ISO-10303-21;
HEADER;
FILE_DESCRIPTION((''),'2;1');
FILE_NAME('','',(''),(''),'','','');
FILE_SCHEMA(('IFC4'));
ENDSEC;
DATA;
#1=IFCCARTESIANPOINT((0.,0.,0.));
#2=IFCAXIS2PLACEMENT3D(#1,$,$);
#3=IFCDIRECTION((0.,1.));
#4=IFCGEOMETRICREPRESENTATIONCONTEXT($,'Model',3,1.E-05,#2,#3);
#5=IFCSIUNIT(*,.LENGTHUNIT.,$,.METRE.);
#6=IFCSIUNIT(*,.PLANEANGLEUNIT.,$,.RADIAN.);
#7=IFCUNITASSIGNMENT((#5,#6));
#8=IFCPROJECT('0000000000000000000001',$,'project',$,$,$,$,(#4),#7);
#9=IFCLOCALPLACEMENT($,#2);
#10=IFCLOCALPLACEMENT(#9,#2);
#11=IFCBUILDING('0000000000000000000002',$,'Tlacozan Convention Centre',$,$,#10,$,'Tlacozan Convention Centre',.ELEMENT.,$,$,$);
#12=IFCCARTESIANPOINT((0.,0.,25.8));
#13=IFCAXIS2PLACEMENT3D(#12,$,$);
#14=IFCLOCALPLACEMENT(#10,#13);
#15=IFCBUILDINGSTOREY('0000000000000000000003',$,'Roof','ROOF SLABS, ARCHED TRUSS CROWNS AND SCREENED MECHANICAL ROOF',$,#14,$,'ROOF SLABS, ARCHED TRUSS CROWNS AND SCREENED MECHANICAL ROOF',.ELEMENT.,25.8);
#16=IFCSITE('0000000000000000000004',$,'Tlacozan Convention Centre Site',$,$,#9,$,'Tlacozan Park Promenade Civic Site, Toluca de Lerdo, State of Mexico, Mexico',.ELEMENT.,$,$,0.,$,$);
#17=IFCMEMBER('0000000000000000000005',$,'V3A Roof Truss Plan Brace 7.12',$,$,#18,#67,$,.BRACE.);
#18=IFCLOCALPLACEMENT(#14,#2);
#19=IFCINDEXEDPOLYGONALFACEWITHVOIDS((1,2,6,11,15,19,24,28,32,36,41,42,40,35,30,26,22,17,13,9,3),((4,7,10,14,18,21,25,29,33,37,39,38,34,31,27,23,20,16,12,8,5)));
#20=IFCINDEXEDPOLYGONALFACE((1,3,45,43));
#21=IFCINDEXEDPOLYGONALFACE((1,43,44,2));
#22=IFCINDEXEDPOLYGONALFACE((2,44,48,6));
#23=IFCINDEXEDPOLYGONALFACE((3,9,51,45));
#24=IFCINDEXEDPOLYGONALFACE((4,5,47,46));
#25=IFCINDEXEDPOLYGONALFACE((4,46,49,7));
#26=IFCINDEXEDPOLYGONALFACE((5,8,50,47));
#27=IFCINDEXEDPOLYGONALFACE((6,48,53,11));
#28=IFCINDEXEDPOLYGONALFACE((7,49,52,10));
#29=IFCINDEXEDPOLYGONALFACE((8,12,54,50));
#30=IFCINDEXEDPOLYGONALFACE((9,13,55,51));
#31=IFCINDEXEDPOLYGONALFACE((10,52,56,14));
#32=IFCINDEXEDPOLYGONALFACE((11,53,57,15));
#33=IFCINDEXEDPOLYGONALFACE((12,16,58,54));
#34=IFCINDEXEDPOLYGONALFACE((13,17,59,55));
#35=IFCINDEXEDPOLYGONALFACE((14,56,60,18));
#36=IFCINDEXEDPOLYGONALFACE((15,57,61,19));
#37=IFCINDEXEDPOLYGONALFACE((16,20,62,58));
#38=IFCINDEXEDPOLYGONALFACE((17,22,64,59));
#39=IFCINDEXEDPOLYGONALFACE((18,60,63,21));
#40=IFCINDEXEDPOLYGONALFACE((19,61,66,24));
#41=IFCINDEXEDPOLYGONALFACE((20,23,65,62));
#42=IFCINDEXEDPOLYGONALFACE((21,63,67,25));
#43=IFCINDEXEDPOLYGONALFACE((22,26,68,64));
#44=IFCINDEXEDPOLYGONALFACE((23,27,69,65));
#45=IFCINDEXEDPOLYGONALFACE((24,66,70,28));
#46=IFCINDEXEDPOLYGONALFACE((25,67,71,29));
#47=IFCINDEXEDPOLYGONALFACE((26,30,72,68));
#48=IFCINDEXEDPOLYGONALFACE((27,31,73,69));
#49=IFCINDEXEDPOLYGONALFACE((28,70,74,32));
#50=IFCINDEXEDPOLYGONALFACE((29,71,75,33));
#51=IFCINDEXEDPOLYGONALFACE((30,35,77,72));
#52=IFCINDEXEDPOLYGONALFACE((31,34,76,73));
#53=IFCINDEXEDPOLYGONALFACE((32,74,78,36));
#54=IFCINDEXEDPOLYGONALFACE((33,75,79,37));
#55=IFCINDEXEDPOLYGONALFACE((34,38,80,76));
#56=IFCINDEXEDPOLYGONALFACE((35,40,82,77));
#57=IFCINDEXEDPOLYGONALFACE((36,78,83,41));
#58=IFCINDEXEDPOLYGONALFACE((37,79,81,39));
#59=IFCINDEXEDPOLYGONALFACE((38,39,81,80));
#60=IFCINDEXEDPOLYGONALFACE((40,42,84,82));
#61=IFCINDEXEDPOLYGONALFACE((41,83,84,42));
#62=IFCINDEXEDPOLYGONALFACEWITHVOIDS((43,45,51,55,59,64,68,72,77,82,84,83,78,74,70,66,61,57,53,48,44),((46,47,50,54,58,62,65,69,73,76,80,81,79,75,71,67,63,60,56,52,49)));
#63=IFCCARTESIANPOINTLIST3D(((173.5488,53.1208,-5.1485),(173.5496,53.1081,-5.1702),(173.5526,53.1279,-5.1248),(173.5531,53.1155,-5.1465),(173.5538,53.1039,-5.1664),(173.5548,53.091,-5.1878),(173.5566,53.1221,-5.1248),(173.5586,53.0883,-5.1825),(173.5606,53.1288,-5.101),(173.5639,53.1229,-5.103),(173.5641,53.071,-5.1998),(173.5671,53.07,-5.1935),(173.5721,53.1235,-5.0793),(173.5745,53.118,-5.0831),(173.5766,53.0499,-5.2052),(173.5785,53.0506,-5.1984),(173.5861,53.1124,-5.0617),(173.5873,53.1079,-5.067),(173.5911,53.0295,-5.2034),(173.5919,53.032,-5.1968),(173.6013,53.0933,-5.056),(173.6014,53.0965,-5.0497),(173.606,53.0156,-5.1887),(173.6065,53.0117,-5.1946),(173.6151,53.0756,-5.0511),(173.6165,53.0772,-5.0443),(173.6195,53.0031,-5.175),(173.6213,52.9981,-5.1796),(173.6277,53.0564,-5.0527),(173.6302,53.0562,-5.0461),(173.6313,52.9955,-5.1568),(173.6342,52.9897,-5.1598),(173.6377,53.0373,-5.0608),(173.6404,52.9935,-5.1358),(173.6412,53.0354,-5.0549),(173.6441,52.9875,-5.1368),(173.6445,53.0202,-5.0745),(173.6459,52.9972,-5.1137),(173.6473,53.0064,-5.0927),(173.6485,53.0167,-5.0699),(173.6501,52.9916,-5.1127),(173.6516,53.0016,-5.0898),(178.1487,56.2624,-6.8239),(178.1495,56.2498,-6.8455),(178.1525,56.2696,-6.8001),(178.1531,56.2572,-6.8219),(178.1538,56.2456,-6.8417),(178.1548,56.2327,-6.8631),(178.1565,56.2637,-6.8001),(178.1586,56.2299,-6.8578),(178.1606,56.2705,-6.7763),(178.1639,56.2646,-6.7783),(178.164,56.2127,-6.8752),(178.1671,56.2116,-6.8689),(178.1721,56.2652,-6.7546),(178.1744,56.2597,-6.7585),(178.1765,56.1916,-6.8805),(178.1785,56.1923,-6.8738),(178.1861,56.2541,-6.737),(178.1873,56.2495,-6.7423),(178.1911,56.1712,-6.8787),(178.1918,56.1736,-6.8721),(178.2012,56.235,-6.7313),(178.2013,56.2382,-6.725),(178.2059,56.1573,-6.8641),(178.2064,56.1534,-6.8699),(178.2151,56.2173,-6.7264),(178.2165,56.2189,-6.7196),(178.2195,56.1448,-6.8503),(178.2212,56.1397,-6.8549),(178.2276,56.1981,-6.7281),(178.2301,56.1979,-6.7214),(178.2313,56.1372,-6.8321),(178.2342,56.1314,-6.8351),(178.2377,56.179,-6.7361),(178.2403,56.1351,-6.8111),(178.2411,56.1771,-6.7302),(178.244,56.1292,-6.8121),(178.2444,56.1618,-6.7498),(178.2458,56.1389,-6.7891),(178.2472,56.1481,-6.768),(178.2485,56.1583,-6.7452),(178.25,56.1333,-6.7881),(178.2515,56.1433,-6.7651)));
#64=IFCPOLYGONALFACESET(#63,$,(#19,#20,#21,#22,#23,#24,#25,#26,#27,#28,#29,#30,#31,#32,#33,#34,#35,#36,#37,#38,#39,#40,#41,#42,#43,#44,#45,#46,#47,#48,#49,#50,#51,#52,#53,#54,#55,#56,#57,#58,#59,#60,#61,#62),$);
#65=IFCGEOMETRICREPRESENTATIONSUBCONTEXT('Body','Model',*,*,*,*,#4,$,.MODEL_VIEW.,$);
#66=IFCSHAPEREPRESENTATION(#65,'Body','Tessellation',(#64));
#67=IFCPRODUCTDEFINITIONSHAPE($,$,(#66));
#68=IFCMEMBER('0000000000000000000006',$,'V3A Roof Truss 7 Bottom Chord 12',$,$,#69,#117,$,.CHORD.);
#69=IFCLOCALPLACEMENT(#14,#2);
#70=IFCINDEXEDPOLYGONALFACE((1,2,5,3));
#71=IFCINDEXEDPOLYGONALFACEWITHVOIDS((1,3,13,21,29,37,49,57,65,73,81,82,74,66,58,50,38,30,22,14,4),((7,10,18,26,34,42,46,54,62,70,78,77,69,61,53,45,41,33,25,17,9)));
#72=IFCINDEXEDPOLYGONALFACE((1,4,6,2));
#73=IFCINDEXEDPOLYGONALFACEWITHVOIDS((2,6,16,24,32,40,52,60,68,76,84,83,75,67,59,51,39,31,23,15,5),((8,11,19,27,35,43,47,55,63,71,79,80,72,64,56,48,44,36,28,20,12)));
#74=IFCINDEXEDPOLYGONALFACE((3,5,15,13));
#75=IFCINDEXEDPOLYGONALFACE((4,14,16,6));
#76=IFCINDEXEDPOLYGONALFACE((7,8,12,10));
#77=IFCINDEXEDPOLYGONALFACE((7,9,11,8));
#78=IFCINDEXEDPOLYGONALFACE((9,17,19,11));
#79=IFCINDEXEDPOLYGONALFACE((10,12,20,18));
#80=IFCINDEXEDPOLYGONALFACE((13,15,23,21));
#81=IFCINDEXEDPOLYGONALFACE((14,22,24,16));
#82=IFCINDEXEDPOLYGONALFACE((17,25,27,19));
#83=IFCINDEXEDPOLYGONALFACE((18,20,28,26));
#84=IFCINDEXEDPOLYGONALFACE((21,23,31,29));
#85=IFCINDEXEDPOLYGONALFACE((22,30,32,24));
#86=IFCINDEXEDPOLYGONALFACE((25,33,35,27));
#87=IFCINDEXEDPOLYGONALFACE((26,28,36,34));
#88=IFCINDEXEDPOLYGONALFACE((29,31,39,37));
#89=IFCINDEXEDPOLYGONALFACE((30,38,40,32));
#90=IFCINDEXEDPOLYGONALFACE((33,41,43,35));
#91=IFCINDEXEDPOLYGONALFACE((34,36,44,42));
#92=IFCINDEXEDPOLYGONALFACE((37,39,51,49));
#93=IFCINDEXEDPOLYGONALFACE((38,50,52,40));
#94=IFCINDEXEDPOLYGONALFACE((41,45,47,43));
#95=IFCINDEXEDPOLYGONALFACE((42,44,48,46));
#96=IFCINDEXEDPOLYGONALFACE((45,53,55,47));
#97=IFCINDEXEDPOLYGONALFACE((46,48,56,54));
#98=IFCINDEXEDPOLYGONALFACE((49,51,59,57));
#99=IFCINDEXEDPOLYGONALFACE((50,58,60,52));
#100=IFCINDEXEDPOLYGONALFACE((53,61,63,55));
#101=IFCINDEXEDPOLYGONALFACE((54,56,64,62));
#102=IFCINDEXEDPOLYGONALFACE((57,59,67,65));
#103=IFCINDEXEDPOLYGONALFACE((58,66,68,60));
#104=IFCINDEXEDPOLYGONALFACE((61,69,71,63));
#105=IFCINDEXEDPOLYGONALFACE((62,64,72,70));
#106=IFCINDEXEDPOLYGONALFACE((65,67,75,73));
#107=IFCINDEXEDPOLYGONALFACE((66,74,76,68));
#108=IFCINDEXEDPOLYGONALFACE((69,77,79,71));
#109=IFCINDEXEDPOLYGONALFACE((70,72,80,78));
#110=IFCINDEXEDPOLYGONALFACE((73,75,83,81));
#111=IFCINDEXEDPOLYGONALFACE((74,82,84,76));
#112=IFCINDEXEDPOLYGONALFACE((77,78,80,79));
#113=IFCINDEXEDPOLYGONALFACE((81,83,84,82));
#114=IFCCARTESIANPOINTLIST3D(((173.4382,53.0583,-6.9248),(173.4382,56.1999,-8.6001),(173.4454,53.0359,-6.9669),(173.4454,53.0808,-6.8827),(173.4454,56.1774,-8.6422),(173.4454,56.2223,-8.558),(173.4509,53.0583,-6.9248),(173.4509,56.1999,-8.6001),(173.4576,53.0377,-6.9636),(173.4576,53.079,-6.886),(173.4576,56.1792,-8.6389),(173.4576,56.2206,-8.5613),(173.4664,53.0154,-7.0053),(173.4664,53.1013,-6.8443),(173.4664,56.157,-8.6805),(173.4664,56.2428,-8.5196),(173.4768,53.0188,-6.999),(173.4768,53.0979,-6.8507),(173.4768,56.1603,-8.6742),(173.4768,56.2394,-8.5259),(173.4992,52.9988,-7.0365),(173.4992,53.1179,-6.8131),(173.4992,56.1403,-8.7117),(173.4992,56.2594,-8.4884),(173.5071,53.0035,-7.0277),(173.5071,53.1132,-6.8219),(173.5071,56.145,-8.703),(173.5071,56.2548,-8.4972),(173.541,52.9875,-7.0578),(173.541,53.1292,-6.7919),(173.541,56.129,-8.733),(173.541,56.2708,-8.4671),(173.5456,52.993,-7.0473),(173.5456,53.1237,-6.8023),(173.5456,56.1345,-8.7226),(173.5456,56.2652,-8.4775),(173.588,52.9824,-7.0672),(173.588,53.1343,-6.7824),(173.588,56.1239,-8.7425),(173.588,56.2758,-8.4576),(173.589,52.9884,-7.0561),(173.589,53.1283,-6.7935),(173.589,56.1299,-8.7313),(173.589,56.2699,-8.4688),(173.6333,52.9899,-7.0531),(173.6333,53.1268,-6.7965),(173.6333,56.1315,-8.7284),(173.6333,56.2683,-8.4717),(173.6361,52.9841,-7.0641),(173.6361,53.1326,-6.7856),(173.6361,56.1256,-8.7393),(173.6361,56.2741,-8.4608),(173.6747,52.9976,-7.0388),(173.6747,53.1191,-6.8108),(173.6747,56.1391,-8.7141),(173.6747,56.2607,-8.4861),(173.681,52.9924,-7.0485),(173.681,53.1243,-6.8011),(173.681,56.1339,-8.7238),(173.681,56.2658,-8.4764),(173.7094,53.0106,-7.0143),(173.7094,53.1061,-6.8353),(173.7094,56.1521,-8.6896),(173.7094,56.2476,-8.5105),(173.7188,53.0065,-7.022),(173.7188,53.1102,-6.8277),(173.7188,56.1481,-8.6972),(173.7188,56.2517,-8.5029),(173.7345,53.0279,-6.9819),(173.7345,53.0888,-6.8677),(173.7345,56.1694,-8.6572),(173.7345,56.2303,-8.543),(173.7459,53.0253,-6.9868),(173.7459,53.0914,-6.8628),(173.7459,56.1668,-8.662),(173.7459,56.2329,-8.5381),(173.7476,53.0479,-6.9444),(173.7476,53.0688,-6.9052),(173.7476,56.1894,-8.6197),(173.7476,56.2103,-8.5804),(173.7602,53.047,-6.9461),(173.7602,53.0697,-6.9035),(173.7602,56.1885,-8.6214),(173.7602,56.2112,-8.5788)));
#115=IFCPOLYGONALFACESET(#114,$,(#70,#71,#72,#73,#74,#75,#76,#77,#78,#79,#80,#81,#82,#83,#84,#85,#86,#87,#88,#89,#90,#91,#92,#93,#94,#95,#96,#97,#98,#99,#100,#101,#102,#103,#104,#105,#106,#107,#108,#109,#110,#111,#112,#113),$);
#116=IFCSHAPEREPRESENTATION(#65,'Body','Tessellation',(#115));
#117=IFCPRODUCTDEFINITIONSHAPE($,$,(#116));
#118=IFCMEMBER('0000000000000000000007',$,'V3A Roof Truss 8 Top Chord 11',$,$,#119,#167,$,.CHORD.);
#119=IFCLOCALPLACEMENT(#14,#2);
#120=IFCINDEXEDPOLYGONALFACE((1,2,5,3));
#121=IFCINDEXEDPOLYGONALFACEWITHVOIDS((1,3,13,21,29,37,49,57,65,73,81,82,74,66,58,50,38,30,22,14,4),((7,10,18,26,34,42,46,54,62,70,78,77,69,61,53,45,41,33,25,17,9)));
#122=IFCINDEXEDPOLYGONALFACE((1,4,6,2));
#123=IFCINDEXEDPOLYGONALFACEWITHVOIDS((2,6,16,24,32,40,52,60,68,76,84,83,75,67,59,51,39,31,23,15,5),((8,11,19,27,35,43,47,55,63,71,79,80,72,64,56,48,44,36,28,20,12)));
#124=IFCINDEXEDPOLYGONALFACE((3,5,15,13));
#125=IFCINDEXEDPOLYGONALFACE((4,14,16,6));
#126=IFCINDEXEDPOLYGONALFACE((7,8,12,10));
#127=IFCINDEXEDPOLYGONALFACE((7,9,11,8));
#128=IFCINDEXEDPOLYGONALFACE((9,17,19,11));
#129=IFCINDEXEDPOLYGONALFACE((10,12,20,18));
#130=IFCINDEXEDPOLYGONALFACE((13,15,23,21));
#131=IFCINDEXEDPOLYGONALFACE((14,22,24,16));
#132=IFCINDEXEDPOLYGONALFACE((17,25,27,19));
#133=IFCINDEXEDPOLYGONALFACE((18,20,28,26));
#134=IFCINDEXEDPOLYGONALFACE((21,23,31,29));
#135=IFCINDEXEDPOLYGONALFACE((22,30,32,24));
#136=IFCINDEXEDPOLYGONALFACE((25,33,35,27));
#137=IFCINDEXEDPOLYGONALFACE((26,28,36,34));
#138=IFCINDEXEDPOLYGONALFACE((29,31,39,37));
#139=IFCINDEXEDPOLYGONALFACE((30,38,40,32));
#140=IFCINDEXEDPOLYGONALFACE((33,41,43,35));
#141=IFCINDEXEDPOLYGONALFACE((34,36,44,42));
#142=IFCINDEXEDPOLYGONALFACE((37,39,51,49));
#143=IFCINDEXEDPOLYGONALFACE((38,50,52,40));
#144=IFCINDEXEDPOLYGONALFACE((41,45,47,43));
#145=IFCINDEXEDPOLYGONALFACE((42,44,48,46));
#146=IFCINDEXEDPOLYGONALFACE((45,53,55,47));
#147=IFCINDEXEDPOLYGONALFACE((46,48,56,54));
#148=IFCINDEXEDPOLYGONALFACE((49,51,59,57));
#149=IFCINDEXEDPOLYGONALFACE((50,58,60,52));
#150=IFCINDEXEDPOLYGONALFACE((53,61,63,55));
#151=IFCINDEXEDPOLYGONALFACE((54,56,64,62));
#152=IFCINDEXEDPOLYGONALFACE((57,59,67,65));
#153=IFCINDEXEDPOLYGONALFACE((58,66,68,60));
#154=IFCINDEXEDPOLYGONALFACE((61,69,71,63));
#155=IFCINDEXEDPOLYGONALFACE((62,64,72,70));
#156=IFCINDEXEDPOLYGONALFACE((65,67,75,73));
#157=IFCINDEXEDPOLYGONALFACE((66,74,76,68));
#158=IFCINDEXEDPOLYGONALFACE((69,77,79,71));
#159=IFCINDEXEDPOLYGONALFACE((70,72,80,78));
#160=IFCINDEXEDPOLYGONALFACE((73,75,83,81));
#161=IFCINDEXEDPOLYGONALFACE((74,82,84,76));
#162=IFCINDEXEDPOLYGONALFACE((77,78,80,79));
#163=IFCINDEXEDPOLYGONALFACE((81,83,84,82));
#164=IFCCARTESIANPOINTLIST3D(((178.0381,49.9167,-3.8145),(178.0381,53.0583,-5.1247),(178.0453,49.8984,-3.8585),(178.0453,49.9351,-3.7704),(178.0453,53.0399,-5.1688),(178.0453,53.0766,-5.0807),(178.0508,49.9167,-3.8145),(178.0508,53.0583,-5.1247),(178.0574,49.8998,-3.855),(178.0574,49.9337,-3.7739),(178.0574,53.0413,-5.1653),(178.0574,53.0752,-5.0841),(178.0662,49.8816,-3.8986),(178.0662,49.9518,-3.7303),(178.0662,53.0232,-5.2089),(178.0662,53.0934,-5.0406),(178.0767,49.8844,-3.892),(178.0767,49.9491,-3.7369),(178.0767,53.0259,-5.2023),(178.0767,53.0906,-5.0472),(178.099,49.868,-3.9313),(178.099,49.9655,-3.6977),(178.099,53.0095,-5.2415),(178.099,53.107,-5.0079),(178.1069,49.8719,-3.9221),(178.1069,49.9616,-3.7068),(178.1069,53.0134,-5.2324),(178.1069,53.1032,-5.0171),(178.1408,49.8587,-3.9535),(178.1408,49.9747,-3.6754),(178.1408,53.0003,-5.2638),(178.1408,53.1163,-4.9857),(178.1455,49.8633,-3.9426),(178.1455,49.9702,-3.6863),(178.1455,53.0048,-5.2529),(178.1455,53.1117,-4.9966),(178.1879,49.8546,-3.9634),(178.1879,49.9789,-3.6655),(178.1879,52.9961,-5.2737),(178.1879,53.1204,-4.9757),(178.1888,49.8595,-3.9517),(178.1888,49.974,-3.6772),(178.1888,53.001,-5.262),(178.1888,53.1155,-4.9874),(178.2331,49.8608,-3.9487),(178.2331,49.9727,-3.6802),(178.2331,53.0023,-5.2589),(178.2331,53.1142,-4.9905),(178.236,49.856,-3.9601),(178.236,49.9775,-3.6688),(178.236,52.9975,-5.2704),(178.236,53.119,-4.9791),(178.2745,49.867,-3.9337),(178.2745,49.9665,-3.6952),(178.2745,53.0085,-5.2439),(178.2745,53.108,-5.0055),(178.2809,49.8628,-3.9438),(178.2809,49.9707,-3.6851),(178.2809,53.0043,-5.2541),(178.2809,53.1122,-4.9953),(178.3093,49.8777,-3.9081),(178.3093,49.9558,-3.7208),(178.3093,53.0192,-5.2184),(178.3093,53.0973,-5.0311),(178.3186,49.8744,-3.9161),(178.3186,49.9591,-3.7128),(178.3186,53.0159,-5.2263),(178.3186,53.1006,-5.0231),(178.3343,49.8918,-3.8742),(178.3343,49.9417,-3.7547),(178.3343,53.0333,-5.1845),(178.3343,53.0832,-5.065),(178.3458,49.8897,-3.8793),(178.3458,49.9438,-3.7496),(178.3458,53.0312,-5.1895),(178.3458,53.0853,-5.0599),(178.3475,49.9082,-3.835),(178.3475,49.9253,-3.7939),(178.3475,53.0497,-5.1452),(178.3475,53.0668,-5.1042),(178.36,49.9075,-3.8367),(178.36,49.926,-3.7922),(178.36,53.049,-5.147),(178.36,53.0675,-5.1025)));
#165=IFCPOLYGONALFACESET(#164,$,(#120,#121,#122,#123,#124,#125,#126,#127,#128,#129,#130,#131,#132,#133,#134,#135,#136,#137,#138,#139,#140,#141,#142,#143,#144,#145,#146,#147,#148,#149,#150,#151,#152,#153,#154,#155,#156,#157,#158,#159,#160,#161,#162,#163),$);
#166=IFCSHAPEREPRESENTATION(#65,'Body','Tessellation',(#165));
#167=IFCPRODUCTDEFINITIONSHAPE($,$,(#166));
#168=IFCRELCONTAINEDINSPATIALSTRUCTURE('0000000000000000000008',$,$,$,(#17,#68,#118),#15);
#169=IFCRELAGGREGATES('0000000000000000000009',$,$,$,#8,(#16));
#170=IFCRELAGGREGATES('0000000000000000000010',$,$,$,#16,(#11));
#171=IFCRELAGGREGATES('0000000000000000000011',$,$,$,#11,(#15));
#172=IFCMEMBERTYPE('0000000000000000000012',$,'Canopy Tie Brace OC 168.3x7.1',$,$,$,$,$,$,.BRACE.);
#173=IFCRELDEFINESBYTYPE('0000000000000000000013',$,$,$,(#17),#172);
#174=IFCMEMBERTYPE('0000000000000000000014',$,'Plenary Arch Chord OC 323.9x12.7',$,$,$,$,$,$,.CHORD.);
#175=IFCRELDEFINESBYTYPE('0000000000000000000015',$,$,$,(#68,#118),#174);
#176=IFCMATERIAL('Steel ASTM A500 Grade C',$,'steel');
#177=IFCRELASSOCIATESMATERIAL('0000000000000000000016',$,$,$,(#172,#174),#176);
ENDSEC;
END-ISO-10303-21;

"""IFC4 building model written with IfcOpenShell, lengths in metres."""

from ifc_helpers import new_model, si_unit, direction, frame, origin, origin_2d, place, context, subcontext, project, spatial, hollow_circle, extrude, material, material_profile, profile_set, type_object, element, save


model = new_model("IFC4")

# Units and contexts
model_context = context("Model", 3, precision=1e-05, world=origin(), true_north=direction((0.0, 1.0)))
body_context = subcontext(model_context, "Body", "Model", "MODEL_VIEW")
ifc_project = project(units=[si_unit("LENGTHUNIT", "METRE"), si_unit("PLANEANGLEUNIT", "RADIAN")], contexts=[model_context])

# Site, building, storey
site_placement = place(None, origin())
site = spatial("IfcSite", under=ifc_project, at=site_placement, Name="Tlacozan Convention Centre Site", LongName="Tlacozan Park Promenade Civic Site, Toluca de Lerdo, State of Mexico, Mexico", CompositionType="ELEMENT", RefElevation=0.0)
building_placement = place(site_placement, origin())
building = spatial("IfcBuilding", under=site, at=building_placement, Name="Tlacozan Convention Centre", LongName="Tlacozan Convention Centre", CompositionType="ELEMENT")
storey_placement = place(building_placement, frame((0.0, 0.0, 25.8)))
storey = spatial("IfcBuildingStorey", under=building, at=storey_placement, Name="Roof", Description="ROOF SLABS, ARCHED TRUSS CROWNS AND SCREENED MECHANICAL ROOF", LongName="ROOF SLABS, ARCHED TRUSS CROWNS AND SCREENED MECHANICAL ROOF", CompositionType="ELEMENT", Elevation=25.8)

# Members
ifc_material_1 = material(Name="Steel ASTM A500 Grade C", Category="steel")
ifc_material_profile_1 = material_profile(ifc_material_1, hollow_circle(Radius=0.0842, WallThickness=0.0071, at=origin_2d()), Name="OC 168.3x7.1")
ifc_profile_set_1 = profile_set([ifc_material_profile_1], Name="Steel ASTM A500 Grade C")
member_type_1 = type_object("IfcMemberType", Name="Canopy Tie Brace OC 168.3x7.1", PredefinedType="BRACE", material=ifc_profile_set_1)
member_1_placement = place(storey_placement, frame((173.6001, 53.0583, -5.1248), z_axis=(0.79079, 0.540093, -0.28801), x_axis=(-0.563991, 0.825781, 0.0)))
element("IfcMember", 1, at=member_1_placement, inside=storey, type_object=member_type_1, Name="V3A Roof Truss Plan Brace 7.12", PredefinedType="BRACE", context=body_context, shape_type="SweptSolid", body=[
    extrude(hollow_circle(Radius=0.0842, WallThickness=0.0071, at=origin_2d()), origin(), (0.0, 0.0, 1.0), 5.8169),
])
ifc_material_profile_2 = material_profile(ifc_material_1, hollow_circle(Radius=0.1619, WallThickness=0.0127, at=origin_2d()), Name="OC 323.9x12.7")
ifc_profile_set_2 = profile_set([ifc_material_profile_2], Name="Steel ASTM A500 Grade C")
member_type_2 = type_object("IfcMemberType", Name="Plenary Arch Chord OC 323.9x12.7", PredefinedType="CHORD", material=ifc_profile_set_2)
member_2_placement = place(storey_placement, frame((173.6001, 53.0583, -6.9248), z_axis=(0.0, 0.88238, -0.470538), x_axis=(-1.0, 0.0, 0.0)))
element("IfcMember", 2, at=member_2_placement, inside=storey, type_object=member_type_2, Name="V3A Roof Truss 7 Bottom Chord 12", PredefinedType="CHORD", context=body_context, shape_type="SweptSolid", body=[
    extrude(hollow_circle(Radius=0.1619, WallThickness=0.0127, at=origin_2d()), origin(), (0.0, 0.0, 1.0), 3.5603),
])
for number, where, z_axis, x_axis, name in (
    (3, (178.2, 49.9167, -3.8145), (0.0, 0.922941, -0.384941), (-1.0, 0.0, 0.0), "V3A Roof Truss 8 Top Chord 11"),
):
    element("IfcMember", number, at=place(storey_placement, frame(where, z_axis=z_axis, x_axis=x_axis)), inside=storey, type_object=member_type_2, Name=name, PredefinedType="CHORD", context=body_context, shape_type="SweptSolid", body=[
        extrude(hollow_circle(Radius=0.1619, WallThickness=0.0127, at=origin_2d()), origin(), (0.0, 0.0, 1.0), 3.4038),
    ])

save(model, "model.ifc")
